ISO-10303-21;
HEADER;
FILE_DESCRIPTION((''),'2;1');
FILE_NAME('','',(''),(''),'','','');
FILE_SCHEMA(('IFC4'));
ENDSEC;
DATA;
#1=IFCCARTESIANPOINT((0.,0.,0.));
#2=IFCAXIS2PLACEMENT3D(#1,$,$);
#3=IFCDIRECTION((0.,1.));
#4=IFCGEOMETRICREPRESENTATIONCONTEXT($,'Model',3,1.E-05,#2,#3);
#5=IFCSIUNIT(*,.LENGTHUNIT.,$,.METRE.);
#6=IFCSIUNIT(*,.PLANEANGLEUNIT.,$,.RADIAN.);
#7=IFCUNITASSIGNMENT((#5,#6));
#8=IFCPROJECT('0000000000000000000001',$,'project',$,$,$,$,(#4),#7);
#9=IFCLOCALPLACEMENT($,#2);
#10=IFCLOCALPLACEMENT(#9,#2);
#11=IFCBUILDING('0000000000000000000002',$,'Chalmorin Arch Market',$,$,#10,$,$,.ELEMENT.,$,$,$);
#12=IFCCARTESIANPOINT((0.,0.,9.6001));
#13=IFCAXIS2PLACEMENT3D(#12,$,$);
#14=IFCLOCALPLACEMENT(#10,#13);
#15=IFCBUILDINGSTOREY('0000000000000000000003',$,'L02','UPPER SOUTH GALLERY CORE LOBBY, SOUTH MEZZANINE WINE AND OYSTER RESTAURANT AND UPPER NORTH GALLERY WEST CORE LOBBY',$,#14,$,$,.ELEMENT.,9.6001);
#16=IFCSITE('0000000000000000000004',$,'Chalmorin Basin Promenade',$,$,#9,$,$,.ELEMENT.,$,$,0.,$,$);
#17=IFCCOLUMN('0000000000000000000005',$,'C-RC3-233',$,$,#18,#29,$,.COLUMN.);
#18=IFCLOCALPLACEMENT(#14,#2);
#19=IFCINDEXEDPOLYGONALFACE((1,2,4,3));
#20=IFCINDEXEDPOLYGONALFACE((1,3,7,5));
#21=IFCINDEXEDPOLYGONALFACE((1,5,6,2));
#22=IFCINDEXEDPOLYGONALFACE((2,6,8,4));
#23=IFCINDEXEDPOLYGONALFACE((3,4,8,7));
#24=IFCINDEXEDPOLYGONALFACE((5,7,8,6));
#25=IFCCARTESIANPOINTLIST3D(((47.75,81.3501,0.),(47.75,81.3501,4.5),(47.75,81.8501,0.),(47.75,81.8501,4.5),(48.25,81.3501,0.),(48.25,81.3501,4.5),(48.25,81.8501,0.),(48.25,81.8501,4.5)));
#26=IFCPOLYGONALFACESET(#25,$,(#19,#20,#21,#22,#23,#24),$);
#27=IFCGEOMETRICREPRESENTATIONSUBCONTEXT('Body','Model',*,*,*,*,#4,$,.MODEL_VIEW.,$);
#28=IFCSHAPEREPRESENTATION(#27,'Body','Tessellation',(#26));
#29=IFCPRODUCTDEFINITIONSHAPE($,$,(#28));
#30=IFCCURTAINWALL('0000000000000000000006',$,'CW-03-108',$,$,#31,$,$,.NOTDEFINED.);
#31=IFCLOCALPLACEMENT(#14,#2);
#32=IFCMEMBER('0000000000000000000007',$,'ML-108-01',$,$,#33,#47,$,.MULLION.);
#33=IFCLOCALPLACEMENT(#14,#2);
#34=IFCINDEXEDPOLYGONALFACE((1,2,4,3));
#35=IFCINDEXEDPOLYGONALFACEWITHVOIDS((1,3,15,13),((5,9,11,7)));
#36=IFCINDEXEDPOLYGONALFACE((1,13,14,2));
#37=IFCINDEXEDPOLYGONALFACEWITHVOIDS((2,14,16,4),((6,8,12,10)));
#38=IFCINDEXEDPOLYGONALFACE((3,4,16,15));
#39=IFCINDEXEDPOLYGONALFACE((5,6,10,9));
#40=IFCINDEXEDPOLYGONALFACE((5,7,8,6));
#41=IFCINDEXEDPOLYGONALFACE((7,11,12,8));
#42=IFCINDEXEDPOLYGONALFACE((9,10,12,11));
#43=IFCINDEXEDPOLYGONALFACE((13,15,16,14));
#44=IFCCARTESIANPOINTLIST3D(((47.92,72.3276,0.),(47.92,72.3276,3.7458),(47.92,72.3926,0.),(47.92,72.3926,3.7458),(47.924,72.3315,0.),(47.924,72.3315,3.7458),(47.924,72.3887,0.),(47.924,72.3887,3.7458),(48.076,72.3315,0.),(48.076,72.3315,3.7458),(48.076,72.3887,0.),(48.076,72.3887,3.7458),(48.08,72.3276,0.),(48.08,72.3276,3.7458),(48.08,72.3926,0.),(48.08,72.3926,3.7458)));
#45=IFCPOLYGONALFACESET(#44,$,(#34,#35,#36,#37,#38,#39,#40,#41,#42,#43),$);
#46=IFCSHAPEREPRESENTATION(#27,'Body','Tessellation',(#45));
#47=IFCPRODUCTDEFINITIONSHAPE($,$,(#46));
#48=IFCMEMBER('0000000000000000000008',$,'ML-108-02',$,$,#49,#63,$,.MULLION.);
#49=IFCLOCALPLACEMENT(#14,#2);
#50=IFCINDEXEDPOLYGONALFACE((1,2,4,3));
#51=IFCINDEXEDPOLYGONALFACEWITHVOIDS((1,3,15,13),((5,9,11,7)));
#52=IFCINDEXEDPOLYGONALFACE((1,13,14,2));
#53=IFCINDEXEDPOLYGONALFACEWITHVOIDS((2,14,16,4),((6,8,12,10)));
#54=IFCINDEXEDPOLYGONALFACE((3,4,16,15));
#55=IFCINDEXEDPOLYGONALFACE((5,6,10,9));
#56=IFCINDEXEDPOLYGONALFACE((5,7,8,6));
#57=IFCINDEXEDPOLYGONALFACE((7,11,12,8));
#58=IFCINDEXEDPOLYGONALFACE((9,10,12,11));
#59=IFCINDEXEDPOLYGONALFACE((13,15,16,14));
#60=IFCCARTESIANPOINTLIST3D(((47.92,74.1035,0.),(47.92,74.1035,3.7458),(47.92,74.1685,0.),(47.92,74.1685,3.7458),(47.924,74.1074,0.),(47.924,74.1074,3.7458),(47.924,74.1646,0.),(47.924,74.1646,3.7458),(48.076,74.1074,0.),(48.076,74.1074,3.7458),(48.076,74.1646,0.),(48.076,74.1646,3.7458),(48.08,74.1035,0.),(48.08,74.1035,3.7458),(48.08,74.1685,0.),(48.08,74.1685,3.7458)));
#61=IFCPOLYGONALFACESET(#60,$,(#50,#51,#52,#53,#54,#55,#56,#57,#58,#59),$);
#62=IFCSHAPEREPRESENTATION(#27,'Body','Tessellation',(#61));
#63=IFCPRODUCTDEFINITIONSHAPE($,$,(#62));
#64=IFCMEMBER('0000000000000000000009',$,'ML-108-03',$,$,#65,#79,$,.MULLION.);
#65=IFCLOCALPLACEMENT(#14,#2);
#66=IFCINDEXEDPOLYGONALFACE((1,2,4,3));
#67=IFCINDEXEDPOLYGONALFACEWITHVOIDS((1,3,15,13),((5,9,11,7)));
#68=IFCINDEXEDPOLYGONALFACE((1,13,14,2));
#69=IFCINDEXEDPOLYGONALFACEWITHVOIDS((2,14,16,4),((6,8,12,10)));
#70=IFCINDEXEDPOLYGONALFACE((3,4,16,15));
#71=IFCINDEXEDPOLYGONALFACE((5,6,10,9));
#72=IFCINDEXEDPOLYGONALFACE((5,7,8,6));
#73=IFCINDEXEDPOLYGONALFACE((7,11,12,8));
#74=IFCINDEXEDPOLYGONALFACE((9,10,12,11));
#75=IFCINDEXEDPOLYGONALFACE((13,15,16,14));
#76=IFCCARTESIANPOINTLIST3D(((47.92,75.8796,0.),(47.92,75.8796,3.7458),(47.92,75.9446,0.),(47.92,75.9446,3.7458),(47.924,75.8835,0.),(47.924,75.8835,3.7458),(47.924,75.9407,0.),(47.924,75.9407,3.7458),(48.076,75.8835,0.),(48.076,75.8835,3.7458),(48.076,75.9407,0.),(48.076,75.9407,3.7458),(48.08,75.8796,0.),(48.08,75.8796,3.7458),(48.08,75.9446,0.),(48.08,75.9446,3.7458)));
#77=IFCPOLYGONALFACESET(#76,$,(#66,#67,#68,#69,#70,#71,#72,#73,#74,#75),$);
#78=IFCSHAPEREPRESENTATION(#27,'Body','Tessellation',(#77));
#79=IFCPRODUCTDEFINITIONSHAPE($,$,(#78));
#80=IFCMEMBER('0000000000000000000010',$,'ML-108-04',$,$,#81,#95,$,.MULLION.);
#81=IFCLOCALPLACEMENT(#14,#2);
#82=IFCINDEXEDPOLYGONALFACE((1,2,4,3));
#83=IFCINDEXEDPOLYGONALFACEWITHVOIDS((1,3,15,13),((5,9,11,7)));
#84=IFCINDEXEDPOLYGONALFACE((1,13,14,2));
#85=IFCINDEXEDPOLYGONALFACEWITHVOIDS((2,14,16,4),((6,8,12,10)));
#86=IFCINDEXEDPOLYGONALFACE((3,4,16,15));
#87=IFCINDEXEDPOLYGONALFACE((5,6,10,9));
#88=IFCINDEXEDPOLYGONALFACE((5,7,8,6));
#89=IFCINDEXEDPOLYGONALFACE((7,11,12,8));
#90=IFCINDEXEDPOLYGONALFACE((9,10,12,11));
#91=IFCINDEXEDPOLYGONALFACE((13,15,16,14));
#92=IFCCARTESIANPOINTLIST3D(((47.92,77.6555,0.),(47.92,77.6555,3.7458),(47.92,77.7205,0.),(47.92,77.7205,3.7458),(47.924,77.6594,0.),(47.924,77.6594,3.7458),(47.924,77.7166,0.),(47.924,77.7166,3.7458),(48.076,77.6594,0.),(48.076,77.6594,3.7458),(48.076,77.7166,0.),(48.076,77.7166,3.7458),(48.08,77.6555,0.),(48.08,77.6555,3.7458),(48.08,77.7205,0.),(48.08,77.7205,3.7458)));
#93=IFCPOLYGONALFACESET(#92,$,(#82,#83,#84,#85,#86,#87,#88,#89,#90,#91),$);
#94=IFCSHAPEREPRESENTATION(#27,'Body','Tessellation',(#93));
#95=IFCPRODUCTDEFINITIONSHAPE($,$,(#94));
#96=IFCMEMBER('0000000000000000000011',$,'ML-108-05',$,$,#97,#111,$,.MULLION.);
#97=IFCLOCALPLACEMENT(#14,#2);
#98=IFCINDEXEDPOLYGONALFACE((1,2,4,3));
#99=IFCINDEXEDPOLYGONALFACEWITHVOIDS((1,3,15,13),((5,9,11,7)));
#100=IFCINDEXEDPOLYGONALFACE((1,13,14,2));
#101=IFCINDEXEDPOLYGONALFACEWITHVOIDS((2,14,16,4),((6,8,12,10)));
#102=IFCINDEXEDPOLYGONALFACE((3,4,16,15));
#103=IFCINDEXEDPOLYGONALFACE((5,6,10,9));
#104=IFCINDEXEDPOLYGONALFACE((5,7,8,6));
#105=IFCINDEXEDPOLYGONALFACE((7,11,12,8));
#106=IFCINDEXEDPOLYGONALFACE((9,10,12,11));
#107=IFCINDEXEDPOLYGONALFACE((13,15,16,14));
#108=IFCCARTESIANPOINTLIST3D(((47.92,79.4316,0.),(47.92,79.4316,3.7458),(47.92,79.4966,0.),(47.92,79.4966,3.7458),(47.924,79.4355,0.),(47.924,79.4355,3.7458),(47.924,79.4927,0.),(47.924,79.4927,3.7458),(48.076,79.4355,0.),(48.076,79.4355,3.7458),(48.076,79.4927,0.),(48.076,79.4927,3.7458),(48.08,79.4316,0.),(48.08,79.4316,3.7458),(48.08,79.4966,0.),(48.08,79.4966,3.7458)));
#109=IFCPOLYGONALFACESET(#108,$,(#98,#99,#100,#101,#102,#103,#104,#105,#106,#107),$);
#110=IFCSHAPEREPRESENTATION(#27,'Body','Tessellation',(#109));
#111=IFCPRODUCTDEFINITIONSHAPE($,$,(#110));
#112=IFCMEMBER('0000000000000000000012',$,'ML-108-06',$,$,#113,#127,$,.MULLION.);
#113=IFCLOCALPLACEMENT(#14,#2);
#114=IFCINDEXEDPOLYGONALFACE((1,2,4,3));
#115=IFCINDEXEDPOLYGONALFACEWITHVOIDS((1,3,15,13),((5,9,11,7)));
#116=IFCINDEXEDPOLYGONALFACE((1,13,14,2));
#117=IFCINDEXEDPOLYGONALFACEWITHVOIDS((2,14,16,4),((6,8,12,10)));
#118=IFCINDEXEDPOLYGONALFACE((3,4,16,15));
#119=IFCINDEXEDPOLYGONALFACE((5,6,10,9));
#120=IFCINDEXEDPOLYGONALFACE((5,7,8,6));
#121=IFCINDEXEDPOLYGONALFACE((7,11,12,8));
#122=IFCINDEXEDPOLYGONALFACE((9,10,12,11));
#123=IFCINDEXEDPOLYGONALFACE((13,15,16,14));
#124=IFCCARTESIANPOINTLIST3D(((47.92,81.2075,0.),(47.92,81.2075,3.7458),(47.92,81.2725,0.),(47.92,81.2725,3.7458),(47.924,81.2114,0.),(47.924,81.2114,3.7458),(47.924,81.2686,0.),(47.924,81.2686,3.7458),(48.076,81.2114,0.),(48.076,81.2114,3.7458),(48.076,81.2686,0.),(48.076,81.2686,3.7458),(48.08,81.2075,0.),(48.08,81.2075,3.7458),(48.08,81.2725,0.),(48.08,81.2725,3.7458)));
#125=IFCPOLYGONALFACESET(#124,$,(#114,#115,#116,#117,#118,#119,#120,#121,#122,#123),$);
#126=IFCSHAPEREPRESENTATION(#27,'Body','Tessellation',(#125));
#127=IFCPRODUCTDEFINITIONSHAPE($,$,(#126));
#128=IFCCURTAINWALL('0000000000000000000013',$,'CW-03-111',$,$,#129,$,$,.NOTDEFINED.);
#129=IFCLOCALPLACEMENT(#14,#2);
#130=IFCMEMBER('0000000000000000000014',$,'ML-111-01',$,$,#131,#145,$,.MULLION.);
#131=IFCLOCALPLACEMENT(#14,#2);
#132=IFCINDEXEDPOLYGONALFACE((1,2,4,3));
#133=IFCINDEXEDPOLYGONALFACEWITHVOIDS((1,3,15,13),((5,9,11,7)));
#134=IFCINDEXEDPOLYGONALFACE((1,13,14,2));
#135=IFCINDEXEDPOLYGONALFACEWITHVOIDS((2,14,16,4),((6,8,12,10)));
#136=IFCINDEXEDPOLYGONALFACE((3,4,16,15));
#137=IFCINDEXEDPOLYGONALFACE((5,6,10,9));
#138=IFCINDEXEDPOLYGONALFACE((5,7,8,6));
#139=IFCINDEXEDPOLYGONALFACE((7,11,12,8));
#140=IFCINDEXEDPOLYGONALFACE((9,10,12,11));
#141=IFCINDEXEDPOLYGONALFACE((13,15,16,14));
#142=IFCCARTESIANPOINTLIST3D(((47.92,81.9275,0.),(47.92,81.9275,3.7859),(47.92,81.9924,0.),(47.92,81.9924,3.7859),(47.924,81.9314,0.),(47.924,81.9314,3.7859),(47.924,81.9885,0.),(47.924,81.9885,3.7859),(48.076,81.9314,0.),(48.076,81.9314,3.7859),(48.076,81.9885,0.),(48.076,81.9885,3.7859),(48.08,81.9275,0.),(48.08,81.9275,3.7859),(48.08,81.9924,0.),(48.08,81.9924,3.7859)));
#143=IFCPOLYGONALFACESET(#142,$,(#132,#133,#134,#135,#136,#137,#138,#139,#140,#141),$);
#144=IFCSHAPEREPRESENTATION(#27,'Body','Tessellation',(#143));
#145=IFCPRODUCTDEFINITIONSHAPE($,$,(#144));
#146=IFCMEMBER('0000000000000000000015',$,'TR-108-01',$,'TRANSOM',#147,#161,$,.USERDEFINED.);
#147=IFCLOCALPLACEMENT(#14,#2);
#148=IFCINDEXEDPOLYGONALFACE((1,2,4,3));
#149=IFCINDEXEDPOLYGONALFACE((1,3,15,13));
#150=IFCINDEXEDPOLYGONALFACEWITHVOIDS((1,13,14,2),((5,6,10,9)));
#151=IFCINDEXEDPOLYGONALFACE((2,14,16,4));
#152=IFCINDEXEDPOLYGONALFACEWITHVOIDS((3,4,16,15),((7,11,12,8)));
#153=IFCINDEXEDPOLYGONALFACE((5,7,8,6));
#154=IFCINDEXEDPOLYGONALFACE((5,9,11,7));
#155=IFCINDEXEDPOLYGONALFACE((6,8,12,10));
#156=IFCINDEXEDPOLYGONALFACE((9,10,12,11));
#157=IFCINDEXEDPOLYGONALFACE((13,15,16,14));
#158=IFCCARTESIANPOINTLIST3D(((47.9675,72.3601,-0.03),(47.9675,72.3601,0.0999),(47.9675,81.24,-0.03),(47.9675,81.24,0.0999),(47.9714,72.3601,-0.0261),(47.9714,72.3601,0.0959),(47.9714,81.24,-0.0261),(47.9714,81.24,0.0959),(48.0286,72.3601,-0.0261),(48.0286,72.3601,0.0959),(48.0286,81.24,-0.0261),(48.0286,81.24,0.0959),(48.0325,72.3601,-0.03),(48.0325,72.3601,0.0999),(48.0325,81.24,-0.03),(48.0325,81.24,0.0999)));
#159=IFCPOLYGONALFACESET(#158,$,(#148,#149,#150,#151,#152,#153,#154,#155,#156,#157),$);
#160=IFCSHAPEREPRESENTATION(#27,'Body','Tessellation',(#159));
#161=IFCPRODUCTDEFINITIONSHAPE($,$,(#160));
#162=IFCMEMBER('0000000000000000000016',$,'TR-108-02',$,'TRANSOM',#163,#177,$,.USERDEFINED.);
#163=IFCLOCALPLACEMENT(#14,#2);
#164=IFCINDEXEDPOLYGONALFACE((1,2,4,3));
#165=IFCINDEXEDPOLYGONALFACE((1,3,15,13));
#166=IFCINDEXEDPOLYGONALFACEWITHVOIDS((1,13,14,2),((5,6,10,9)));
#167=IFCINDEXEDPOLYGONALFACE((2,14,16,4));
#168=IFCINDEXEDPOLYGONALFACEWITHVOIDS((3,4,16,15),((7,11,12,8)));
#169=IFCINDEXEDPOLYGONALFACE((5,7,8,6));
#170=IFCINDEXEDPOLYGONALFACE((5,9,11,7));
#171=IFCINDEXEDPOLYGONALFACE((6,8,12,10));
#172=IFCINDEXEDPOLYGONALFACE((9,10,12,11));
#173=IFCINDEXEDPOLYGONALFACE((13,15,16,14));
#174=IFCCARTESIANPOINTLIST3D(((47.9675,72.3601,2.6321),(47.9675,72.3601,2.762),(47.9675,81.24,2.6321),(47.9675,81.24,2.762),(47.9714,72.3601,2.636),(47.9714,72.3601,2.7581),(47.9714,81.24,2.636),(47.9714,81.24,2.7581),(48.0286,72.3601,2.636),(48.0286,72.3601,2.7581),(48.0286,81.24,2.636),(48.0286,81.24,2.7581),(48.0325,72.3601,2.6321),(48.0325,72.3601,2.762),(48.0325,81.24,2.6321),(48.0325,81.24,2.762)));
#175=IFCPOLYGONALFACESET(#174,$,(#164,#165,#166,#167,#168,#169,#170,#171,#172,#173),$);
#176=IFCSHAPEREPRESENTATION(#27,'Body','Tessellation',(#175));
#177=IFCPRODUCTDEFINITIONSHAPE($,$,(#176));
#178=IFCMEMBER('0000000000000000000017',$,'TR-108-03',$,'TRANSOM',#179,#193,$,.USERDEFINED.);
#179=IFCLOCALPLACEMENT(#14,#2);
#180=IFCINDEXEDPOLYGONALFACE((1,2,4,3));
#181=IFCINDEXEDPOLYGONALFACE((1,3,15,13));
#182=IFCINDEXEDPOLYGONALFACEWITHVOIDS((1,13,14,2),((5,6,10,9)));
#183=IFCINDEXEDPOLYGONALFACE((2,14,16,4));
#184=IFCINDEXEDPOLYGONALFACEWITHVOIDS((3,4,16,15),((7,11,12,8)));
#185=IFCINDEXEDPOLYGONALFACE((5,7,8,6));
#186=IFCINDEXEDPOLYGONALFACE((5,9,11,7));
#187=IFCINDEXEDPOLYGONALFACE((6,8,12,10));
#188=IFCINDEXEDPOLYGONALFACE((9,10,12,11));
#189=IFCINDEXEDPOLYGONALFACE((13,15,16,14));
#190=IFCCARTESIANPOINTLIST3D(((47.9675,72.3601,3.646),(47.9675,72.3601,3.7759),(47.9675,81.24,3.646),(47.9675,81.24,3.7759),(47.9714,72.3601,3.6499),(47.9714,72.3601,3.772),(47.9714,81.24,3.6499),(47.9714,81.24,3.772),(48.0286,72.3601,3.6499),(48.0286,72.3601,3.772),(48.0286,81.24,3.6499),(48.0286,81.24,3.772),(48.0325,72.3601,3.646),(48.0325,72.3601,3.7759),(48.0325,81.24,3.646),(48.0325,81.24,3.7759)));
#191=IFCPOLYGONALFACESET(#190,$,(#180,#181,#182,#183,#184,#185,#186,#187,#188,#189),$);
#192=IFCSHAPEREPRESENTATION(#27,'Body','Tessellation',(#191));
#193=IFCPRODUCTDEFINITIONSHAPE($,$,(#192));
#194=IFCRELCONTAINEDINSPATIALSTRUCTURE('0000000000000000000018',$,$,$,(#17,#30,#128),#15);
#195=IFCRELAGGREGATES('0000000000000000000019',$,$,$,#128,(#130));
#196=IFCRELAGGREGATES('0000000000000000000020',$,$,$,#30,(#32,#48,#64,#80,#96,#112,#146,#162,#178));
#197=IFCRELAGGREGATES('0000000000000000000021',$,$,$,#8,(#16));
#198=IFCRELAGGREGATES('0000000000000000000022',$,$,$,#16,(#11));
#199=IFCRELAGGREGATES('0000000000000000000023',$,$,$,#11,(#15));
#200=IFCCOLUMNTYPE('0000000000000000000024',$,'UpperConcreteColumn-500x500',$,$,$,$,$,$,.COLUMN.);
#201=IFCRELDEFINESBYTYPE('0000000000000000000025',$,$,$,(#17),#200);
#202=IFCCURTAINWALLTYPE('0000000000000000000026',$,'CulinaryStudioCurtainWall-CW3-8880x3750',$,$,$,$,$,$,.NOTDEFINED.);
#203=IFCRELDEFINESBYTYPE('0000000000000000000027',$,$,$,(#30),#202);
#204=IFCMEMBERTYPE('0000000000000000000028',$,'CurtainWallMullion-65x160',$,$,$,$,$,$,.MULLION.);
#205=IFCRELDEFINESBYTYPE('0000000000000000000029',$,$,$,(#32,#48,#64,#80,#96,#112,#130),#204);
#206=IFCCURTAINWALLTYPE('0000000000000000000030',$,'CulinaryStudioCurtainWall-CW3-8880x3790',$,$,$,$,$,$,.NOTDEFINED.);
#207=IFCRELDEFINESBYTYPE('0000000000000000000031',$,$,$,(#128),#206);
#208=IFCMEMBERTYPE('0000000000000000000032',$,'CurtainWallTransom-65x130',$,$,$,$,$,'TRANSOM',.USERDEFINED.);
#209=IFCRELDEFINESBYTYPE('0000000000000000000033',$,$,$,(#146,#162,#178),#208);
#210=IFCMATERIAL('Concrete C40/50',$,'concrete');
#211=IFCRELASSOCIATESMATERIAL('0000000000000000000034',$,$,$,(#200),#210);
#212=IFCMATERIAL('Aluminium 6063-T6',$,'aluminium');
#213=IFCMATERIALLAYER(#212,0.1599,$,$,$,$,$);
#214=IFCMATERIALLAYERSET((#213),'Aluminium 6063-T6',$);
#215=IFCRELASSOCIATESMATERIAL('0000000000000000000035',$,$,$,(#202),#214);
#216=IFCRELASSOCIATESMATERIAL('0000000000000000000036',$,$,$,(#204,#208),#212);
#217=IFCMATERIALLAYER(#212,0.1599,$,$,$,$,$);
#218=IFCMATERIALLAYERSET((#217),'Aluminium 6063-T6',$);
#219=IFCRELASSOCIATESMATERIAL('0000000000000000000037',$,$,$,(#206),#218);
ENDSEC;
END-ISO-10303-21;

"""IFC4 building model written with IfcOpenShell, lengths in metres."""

from ifc_helpers import new_model, si_unit, direction, frame, origin, origin_2d, place, context, subcontext, project, spatial, rectangle, hollow_rectangle, extrude, material, layer, layer_set, material_profile, profile_set, type_object, element, aggregate, save


model = new_model("IFC4")

# Units and contexts
model_context = context("Model", 3, precision=1e-05, world=origin(), true_north=direction((0.0, 1.0)))
body_context = subcontext(model_context, "Body", "Model", "MODEL_VIEW")
ifc_project = project(units=[si_unit("LENGTHUNIT", "METRE"), si_unit("PLANEANGLEUNIT", "RADIAN")], contexts=[model_context])

# Site, building, storey
site_placement = place(None, origin())
site = spatial("IfcSite", under=ifc_project, at=site_placement, Name="Chalmorin Basin Promenade", CompositionType="ELEMENT", RefElevation=0.0)
building_placement = place(site_placement, origin())
building = spatial("IfcBuilding", under=site, at=building_placement, Name="Chalmorin Arch Market", CompositionType="ELEMENT")
storey_placement = place(building_placement, frame((0.0, 0.0, 9.6001)))
storey = spatial("IfcBuildingStorey", under=building, at=storey_placement, Name="L02", Description="UPPER SOUTH GALLERY CORE LOBBY, SOUTH MEZZANINE WINE AND OYSTER RESTAURANT AND UPPER NORTH GALLERY WEST CORE LOBBY", CompositionType="ELEMENT", Elevation=9.6001)

# Column
ifc_material_1 = material(Name="Concrete C40/50", Category="concrete")
ifc_material_profile_1 = material_profile(ifc_material_1, rectangle(XDim=0.5, YDim=0.5, at=origin_2d()), Name="RC500X500")
ifc_profile_set_1 = profile_set([ifc_material_profile_1], Name="Concrete C40/50")
column_type = type_object("IfcColumnType", Name="UpperConcreteColumn-500x500", PredefinedType="COLUMN", material=ifc_profile_set_1)
column_placement = place(storey_placement, frame((48.0, 81.6001, 0.0), z_axis=(0.0, 0.0, 1.0), x_axis=(1.0, 0.0, 0.0)))
element("IfcColumn", 1, at=column_placement, inside=storey, type_object=column_type, Name="C-RC3-233", PredefinedType="COLUMN", context=body_context, shape_type="SweptSolid", body=[
    extrude(rectangle(XDim=0.5, YDim=0.5, at=origin_2d()), origin(), (0.0, 0.0, 1.0), 4.5),
])

# Curtain wall, members
ifc_material_2 = material(Name="Aluminium 6063-T6", Category="aluminium")
ifc_layer_1 = layer(ifc_material_2, 0.1599)
ifc_layer_set_1 = layer_set([ifc_layer_1], Name="Aluminium 6063-T6")
curtain_wall_type_1 = type_object("IfcCurtainWallType", Name="CulinaryStudioCurtainWall-CW3-8880x3750", PredefinedType="NOTDEFINED", material=ifc_layer_set_1)
curtain_wall_1_placement = place(storey_placement, origin())
curtain_wall_1 = element("IfcCurtainWall", 2, at=curtain_wall_1_placement, inside=storey, type_object=curtain_wall_type_1, Name="CW-03-108", PredefinedType="NOTDEFINED")
ifc_material_profile_2 = material_profile(ifc_material_2, hollow_rectangle(XDim=0.0649, YDim=0.1599, WallThickness=0.0039, at=origin_2d()), Name="ALU65X160X4")
ifc_profile_set_2 = profile_set([ifc_material_profile_2], Name="Aluminium 6063-T6")
member_type_1 = type_object("IfcMemberType", Name="CurtainWallMullion-65x160", PredefinedType="MULLION", material=ifc_profile_set_2)
member_1_placement = place(storey_placement, frame((48.0, 72.3601, 0.0), z_axis=(0.0, 0.0, 1.0), x_axis=(0.0, 1.0, 0.0)))
member_1 = element("IfcMember", 3, at=member_1_placement, type_object=member_type_1, Name="ML-108-01", PredefinedType="MULLION", context=body_context, shape_type="SweptSolid", body=[
    extrude(hollow_rectangle(XDim=0.0649, YDim=0.1599, WallThickness=0.0039, at=origin_2d()), origin(), (0.0, 0.0, 1.0), 3.7458),
])
member_2_placement = place(storey_placement, frame((48.0, 74.136, 0.0), z_axis=(0.0, 0.0, 1.0), x_axis=(0.0, 1.0, 0.0)))
member_2 = element("IfcMember", 4, at=member_2_placement, type_object=member_type_1, Name="ML-108-02", PredefinedType="MULLION", context=body_context, shape_type="SweptSolid", body=[
    extrude(hollow_rectangle(XDim=0.0649, YDim=0.1599, WallThickness=0.0039, at=origin_2d()), origin(), (0.0, 0.0, 1.0), 3.7458),
])
member_3_placement = place(storey_placement, frame((48.0, 75.9121, 0.0), z_axis=(0.0, 0.0, 1.0), x_axis=(0.0, 1.0, 0.0)))
member_3 = element("IfcMember", 5, at=member_3_placement, type_object=member_type_1, Name="ML-108-03", PredefinedType="MULLION", context=body_context, shape_type="SweptSolid", body=[
    extrude(hollow_rectangle(XDim=0.0649, YDim=0.1599, WallThickness=0.0039, at=origin_2d()), origin(), (0.0, 0.0, 1.0), 3.7458),
])
member_4_placement = place(storey_placement, frame((48.0, 77.688, 0.0), z_axis=(0.0, 0.0, 1.0), x_axis=(0.0, 1.0, 0.0)))
member_4 = element("IfcMember", 6, at=member_4_placement, type_object=member_type_1, Name="ML-108-04", PredefinedType="MULLION", context=body_context, shape_type="SweptSolid", body=[
    extrude(hollow_rectangle(XDim=0.0649, YDim=0.1599, WallThickness=0.0039, at=origin_2d()), origin(), (0.0, 0.0, 1.0), 3.7458),
])
member_5_placement = place(storey_placement, frame((48.0, 79.4641, 0.0), z_axis=(0.0, 0.0, 1.0), x_axis=(0.0, 1.0, 0.0)))
member_5 = element("IfcMember", 7, at=member_5_placement, type_object=member_type_1, Name="ML-108-05", PredefinedType="MULLION", context=body_context, shape_type="SweptSolid", body=[
    extrude(hollow_rectangle(XDim=0.0649, YDim=0.1599, WallThickness=0.0039, at=origin_2d()), origin(), (0.0, 0.0, 1.0), 3.7458),
])
member_6_placement = place(storey_placement, frame((48.0, 81.24, 0.0), z_axis=(0.0, 0.0, 1.0), x_axis=(0.0, 1.0, 0.0)))
member_6 = element("IfcMember", 8, at=member_6_placement, type_object=member_type_1, Name="ML-108-06", PredefinedType="MULLION", context=body_context, shape_type="SweptSolid", body=[
    extrude(hollow_rectangle(XDim=0.0649, YDim=0.1599, WallThickness=0.0039, at=origin_2d()), origin(), (0.0, 0.0, 1.0), 3.7458),
])

# Curtain wall, member
ifc_layer_2 = layer(ifc_material_2, 0.1599)
ifc_layer_set_2 = layer_set([ifc_layer_2], Name="Aluminium 6063-T6")
curtain_wall_type_2 = type_object("IfcCurtainWallType", Name="CulinaryStudioCurtainWall-CW3-8880x3790", PredefinedType="NOTDEFINED", material=ifc_layer_set_2)
curtain_wall_2_placement = place(storey_placement, origin())
curtain_wall_2 = element("IfcCurtainWall", 9, at=curtain_wall_2_placement, inside=storey, type_object=curtain_wall_type_2, Name="CW-03-111", PredefinedType="NOTDEFINED")
member_7_placement = place(storey_placement, frame((48.0, 81.96, 0.0), z_axis=(0.0, 0.0, 1.0), x_axis=(0.0, 1.0, 0.0)))
member_7 = element("IfcMember", 10, at=member_7_placement, type_object=member_type_1, Name="ML-111-01", PredefinedType="MULLION", context=body_context, shape_type="SweptSolid", body=[
    extrude(hollow_rectangle(XDim=0.0649, YDim=0.1599, WallThickness=0.0039, at=origin_2d()), origin(), (0.0, 0.0, 1.0), 3.7859),
])
aggregate(curtain_wall_2, [member_7])

# Members
ifc_material_profile_3 = material_profile(ifc_material_2, hollow_rectangle(XDim=0.0649, YDim=0.1299, WallThickness=0.0039, at=origin_2d()), Name="ALU65X130X4")
ifc_profile_set_3 = profile_set([ifc_material_profile_3], Name="Aluminium 6063-T6")
member_type_2 = type_object("IfcMemberType", Name="CurtainWallTransom-65x130", ElementType="TRANSOM", PredefinedType="USERDEFINED", material=ifc_profile_set_3)
member_8_placement = place(storey_placement, frame((48.0, 72.3601, 0.0349), z_axis=(0.0, 1.0, 0.0), x_axis=(-1.0, 0.0, 0.0)))
member_8 = element("IfcMember", 11, at=member_8_placement, type_object=member_type_2, Name="TR-108-01", ObjectType="TRANSOM", PredefinedType="USERDEFINED", context=body_context, shape_type="SweptSolid", body=[
    extrude(hollow_rectangle(XDim=0.0649, YDim=0.1299, WallThickness=0.0039, at=origin_2d()), origin(), (0.0, 0.0, 1.0), 8.8799),
])
member_9_placement = place(storey_placement, frame((48.0, 72.3601, 2.697), z_axis=(0.0, 1.0, 0.0), x_axis=(-1.0, 0.0, 0.0)))
member_9 = element("IfcMember", 12, at=member_9_placement, type_object=member_type_2, Name="TR-108-02", ObjectType="TRANSOM", PredefinedType="USERDEFINED", context=body_context, shape_type="SweptSolid", body=[
    extrude(hollow_rectangle(XDim=0.0649, YDim=0.1299, WallThickness=0.0039, at=origin_2d()), origin(), (0.0, 0.0, 1.0), 8.8799),
])
member_10_placement = place(storey_placement, frame((48.0, 72.3601, 3.7109), z_axis=(0.0, 1.0, 0.0), x_axis=(-1.0, 0.0, 0.0)))
member_10 = element("IfcMember", 13, at=member_10_placement, type_object=member_type_2, Name="TR-108-03", ObjectType="TRANSOM", PredefinedType="USERDEFINED", context=body_context, shape_type="SweptSolid", body=[
    extrude(hollow_rectangle(XDim=0.0649, YDim=0.1299, WallThickness=0.0039, at=origin_2d()), origin(), (0.0, 0.0, 1.0), 8.8799),
])

aggregate(curtain_wall_1, [member_1, member_2, member_3, member_4, member_5, member_6, member_8, member_9, member_10])

save(model, "model.ifc")
